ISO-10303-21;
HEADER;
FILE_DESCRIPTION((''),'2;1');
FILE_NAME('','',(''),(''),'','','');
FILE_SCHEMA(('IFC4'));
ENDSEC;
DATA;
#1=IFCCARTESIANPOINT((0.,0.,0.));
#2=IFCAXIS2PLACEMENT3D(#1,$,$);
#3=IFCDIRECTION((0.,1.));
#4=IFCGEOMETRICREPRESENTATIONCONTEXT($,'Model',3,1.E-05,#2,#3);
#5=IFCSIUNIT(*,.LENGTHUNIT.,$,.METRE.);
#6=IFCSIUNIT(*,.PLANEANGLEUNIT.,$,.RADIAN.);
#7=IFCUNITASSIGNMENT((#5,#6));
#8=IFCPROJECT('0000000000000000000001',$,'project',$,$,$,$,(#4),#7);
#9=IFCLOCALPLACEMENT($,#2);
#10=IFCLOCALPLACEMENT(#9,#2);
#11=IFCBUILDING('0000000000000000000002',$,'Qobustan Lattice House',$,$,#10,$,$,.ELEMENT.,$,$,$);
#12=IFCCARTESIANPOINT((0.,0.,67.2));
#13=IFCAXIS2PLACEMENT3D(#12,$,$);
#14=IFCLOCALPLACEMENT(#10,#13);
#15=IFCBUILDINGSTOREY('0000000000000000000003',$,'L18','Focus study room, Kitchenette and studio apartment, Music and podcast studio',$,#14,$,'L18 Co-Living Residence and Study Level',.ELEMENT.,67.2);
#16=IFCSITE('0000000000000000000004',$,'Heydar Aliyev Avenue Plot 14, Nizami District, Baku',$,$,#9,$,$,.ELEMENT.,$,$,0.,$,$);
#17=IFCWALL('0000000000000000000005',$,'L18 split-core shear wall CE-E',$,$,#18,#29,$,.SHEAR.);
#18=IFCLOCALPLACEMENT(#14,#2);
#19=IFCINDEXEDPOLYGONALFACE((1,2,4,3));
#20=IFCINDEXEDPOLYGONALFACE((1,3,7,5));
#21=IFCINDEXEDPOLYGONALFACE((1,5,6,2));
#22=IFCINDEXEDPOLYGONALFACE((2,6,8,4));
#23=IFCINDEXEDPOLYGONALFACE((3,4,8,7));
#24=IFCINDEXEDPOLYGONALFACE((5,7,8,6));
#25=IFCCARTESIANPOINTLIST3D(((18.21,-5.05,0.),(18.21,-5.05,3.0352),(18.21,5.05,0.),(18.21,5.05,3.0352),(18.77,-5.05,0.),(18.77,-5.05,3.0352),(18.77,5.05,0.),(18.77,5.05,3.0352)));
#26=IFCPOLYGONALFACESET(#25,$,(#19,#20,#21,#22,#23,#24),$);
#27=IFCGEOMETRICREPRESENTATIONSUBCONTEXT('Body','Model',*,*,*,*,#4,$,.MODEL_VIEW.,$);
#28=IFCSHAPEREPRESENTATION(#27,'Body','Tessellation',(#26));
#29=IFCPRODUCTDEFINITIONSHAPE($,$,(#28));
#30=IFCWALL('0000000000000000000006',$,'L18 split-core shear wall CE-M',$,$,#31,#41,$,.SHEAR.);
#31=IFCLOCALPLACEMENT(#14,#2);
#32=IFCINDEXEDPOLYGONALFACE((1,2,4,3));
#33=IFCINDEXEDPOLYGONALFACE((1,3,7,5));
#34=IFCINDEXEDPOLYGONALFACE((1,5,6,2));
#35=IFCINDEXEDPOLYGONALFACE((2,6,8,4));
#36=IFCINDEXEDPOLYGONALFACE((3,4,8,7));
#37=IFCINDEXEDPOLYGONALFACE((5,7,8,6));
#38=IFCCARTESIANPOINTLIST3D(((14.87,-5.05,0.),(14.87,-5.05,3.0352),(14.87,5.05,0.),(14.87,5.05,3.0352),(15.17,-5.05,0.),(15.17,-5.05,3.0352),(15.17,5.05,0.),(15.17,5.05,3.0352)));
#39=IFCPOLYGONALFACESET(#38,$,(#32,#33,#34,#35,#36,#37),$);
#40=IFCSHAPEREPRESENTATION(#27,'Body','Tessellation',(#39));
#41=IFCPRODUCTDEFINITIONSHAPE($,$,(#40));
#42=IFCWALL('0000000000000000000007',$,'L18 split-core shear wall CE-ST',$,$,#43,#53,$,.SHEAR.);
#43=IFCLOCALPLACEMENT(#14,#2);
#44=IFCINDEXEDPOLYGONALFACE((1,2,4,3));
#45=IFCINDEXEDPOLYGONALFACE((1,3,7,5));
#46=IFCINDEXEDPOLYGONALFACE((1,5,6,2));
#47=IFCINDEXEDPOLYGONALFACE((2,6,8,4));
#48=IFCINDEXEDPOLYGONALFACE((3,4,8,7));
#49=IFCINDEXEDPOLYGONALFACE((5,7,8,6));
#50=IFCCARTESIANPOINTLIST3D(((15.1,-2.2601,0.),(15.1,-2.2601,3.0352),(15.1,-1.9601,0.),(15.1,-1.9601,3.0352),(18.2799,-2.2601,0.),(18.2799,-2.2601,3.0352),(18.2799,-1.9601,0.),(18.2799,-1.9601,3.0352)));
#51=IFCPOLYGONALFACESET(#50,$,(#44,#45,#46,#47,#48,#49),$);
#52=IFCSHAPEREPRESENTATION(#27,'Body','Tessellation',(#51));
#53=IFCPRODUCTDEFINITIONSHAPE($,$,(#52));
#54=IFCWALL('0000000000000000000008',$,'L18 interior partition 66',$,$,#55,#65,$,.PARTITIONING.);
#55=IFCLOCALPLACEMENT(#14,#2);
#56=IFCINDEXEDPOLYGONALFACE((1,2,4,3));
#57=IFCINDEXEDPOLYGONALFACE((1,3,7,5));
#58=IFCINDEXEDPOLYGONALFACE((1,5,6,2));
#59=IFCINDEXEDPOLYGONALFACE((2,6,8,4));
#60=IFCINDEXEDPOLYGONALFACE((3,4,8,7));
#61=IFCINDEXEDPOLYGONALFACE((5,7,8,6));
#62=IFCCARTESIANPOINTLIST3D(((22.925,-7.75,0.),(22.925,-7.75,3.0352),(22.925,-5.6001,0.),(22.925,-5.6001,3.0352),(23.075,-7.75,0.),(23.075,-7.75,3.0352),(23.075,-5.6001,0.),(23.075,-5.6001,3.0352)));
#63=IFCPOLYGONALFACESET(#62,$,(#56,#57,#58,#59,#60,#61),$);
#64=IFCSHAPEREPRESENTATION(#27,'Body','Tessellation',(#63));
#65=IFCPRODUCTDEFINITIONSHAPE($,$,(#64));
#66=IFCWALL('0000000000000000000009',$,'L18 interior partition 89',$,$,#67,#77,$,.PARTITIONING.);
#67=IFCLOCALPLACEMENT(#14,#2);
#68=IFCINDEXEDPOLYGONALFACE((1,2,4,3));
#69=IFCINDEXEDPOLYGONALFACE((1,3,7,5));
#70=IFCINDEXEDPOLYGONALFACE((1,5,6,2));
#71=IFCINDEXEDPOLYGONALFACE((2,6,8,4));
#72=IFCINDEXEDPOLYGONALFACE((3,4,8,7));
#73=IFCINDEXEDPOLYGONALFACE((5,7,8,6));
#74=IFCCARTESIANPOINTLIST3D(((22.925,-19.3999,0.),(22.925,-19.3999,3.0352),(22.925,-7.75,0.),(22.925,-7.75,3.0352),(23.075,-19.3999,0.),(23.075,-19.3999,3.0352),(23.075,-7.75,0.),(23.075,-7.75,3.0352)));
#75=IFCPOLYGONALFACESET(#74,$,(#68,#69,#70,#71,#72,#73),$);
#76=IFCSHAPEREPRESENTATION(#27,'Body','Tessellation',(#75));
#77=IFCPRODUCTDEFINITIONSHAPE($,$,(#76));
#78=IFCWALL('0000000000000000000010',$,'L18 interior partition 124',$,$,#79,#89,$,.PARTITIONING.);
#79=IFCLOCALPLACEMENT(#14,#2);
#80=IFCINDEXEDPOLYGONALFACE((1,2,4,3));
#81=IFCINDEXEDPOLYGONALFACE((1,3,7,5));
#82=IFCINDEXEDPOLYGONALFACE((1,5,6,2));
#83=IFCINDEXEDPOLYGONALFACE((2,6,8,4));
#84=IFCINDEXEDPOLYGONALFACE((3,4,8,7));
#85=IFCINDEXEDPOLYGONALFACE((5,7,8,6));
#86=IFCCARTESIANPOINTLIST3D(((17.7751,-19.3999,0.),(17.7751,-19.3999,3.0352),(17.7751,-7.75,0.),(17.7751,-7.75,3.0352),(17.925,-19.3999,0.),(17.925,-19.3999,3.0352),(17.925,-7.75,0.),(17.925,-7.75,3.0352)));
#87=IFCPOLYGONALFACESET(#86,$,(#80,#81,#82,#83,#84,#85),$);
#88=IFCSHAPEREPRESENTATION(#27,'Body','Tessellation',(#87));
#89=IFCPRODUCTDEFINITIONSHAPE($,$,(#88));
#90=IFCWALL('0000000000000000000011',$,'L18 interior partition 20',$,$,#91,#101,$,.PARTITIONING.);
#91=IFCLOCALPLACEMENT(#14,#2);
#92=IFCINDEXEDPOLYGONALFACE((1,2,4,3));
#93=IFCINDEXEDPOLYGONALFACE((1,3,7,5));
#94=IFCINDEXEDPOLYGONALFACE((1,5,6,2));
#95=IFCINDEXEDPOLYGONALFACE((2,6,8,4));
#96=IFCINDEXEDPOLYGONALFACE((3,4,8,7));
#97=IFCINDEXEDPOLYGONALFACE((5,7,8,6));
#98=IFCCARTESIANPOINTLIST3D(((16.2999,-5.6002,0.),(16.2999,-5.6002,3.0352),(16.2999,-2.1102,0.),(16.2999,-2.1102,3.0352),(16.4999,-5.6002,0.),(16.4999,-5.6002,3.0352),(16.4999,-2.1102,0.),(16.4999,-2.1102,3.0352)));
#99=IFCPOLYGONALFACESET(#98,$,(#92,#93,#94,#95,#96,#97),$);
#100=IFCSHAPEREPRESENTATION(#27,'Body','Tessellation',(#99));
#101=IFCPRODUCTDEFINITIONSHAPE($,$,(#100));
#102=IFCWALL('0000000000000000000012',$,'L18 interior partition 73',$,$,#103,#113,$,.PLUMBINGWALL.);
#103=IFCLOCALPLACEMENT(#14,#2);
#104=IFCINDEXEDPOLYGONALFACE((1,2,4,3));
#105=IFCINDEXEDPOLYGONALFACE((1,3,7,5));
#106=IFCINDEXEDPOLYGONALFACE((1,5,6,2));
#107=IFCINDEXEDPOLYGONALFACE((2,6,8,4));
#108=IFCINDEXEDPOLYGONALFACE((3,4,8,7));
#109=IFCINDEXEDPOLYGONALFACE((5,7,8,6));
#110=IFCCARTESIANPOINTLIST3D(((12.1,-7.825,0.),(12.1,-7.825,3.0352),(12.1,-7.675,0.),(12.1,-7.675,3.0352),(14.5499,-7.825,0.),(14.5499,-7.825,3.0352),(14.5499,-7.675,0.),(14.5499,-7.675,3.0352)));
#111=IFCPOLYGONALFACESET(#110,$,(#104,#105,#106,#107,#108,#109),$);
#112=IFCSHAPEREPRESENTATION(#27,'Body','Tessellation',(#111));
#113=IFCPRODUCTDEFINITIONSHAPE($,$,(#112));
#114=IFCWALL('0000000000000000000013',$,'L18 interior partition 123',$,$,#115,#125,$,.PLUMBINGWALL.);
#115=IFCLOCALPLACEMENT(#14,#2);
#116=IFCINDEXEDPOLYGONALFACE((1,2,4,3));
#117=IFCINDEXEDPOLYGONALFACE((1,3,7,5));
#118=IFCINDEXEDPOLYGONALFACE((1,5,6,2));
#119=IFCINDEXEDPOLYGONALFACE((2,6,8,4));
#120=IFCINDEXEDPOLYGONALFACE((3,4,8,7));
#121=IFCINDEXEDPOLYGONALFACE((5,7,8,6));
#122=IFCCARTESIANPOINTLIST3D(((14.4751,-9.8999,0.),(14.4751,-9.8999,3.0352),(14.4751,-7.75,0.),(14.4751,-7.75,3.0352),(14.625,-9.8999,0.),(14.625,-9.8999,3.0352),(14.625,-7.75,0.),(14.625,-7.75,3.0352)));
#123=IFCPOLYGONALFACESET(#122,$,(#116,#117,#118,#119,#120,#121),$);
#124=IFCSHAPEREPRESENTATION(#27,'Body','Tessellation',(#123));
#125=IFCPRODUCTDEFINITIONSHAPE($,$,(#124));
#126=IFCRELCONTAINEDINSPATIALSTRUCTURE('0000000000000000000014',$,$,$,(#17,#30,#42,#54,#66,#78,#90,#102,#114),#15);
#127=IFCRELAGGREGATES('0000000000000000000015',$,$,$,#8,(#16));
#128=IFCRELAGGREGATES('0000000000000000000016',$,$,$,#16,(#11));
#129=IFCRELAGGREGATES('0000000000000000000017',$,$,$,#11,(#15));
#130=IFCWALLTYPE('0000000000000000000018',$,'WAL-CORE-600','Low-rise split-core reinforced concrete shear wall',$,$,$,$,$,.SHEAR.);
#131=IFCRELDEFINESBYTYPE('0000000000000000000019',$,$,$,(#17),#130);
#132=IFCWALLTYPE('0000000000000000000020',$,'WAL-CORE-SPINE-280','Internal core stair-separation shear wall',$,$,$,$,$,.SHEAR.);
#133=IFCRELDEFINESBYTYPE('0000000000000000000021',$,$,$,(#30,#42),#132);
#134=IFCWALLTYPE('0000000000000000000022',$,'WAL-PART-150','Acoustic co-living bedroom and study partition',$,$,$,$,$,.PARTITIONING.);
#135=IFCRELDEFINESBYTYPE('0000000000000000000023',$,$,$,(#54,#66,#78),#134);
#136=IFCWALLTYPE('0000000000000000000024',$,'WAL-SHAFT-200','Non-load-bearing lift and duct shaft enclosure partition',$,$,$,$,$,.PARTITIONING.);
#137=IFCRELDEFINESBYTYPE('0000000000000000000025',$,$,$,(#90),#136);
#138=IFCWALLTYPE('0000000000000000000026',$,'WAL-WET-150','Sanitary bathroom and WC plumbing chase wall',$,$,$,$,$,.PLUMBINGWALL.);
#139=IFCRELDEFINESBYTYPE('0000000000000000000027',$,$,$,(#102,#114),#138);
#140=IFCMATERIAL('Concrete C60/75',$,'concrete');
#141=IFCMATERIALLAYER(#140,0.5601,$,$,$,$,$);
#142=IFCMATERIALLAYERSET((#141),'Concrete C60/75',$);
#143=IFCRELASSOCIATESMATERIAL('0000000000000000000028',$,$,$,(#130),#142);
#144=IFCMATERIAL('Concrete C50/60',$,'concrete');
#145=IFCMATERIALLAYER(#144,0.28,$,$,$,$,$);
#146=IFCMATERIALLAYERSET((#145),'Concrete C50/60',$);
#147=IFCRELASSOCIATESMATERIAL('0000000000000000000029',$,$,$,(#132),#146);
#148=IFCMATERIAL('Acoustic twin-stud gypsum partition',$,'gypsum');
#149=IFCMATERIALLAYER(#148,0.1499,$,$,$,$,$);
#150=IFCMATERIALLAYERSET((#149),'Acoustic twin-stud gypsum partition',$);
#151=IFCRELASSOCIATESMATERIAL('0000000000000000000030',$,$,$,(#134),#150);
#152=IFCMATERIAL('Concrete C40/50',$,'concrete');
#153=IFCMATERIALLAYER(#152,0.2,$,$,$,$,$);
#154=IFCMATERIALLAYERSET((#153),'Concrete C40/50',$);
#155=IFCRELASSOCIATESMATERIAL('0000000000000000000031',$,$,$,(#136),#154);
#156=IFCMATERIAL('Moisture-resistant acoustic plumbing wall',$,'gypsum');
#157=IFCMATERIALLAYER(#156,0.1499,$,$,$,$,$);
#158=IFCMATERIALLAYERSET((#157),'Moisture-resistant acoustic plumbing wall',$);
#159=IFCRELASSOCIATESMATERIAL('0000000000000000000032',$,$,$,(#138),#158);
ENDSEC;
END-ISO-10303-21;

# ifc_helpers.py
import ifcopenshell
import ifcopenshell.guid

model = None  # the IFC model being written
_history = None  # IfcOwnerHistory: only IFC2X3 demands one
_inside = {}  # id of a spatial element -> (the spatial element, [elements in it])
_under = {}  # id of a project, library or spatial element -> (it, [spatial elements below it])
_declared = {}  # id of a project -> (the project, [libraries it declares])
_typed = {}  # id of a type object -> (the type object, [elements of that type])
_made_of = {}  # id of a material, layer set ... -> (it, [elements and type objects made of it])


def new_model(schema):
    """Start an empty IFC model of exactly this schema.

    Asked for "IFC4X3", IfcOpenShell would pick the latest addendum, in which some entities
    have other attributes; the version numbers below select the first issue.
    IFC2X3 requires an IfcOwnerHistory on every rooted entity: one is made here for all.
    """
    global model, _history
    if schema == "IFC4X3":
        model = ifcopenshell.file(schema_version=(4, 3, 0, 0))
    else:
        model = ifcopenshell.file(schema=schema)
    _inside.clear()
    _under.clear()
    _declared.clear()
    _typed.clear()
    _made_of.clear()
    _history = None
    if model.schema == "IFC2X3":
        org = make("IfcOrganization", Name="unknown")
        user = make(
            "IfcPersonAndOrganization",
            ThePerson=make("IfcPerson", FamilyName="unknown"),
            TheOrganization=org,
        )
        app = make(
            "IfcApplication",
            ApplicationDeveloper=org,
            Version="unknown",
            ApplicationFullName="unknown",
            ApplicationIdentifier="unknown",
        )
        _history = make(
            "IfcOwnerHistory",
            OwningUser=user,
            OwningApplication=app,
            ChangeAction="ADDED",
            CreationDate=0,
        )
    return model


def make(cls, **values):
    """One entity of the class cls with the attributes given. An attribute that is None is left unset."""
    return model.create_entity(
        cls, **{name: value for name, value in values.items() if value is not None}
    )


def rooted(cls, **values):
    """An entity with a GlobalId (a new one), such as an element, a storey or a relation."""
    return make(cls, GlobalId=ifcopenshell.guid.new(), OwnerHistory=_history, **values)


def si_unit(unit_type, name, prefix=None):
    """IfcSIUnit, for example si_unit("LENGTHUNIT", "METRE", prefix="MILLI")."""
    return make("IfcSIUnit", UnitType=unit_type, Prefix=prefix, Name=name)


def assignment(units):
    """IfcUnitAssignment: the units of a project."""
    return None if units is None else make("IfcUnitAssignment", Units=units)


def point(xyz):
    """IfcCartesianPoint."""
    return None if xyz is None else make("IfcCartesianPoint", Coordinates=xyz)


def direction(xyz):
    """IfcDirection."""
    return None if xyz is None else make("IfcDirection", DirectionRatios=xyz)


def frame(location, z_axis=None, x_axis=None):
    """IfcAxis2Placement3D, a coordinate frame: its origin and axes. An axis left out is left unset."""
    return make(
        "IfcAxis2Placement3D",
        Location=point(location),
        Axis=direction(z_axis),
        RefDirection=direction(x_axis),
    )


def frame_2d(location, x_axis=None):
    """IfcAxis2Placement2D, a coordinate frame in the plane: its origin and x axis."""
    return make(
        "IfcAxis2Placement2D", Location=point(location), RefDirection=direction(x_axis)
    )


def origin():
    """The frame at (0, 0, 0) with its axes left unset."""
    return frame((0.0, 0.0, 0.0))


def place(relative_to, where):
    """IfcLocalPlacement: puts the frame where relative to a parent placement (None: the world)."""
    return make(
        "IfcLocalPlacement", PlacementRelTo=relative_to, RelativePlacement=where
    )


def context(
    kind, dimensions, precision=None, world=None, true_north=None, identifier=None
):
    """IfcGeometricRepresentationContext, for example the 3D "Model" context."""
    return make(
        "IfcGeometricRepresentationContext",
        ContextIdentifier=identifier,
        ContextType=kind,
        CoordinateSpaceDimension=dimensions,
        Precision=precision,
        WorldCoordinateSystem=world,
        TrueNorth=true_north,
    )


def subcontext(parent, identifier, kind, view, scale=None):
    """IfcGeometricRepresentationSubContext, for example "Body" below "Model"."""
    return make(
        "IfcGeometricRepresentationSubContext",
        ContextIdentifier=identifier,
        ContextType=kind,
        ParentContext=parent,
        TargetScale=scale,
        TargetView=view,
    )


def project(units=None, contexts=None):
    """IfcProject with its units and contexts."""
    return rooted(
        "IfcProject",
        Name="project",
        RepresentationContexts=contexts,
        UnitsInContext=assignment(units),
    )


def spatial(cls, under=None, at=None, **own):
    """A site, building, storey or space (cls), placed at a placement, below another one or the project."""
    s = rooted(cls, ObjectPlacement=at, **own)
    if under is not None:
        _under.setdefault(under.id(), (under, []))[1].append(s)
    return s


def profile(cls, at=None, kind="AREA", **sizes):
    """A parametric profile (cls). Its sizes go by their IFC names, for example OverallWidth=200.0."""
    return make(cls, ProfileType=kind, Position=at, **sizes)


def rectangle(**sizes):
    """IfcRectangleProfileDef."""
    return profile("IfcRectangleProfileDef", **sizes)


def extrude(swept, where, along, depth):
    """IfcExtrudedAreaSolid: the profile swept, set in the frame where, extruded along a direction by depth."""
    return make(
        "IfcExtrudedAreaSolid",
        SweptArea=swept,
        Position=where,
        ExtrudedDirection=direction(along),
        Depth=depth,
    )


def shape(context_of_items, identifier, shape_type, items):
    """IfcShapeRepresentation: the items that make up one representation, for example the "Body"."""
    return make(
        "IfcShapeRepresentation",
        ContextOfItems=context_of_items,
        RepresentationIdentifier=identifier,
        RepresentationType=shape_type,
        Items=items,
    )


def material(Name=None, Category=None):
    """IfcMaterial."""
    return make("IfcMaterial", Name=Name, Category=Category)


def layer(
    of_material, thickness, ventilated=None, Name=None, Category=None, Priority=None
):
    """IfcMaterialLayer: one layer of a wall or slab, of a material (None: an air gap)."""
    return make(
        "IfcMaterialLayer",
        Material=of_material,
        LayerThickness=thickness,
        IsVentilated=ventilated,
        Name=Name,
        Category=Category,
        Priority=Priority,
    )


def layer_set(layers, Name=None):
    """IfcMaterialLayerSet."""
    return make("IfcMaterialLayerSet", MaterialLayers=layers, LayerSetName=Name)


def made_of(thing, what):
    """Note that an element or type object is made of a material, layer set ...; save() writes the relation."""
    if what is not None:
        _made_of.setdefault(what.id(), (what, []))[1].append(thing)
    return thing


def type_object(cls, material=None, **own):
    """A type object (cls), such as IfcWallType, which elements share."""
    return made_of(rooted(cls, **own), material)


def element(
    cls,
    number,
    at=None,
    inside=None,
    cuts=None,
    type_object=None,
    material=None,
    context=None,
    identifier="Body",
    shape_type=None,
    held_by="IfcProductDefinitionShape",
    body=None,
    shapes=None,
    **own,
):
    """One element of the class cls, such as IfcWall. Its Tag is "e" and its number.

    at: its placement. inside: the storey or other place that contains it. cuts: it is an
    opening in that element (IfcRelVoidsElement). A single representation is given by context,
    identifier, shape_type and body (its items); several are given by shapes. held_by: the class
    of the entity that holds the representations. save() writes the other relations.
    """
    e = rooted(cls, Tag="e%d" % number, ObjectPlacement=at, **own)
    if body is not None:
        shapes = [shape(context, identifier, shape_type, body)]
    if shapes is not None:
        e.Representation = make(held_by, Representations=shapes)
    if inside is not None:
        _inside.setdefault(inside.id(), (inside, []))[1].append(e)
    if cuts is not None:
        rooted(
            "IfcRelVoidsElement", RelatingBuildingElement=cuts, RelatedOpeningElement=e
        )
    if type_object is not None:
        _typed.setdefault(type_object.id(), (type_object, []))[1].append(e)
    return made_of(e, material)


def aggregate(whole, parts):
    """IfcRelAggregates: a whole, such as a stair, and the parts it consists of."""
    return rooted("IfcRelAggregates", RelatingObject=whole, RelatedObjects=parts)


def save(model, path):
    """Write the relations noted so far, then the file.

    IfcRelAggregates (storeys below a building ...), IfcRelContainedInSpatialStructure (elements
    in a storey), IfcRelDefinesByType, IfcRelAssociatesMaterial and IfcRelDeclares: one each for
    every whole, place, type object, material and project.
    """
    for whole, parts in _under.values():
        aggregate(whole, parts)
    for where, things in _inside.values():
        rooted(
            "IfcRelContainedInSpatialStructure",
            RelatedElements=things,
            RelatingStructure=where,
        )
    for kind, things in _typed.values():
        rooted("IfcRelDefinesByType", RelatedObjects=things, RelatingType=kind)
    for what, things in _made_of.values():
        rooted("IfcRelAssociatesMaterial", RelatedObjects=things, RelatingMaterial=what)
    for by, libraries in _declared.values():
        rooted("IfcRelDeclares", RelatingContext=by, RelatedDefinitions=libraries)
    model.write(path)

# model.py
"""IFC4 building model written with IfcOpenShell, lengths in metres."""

from ifc_helpers import new_model, si_unit, direction, frame, frame_2d, origin, place, context, subcontext, project, spatial, rectangle, extrude, material, layer, layer_set, type_object, element, save


model = new_model("IFC4")

# Units and contexts
model_context = context("Model", 3, precision=1e-05, world=origin(), true_north=direction((0.0, 1.0)))
body_context = subcontext(model_context, "Body", "Model", "MODEL_VIEW")
ifc_project = project(units=[si_unit("LENGTHUNIT", "METRE"), si_unit("PLANEANGLEUNIT", "RADIAN")], contexts=[model_context])

# Site, building, storey
site_placement = place(None, origin())
site = spatial("IfcSite", under=ifc_project, at=site_placement, Name="Heydar Aliyev Avenue Plot 14, Nizami District, Baku", CompositionType="ELEMENT", RefElevation=0.0)
building_placement = place(site_placement, origin())
building = spatial("IfcBuilding", under=site, at=building_placement, Name="Qobustan Lattice House", CompositionType="ELEMENT")
storey_placement = place(building_placement, frame((0.0, 0.0, 67.2)))
storey = spatial("IfcBuildingStorey", under=building, at=storey_placement, Name="L18", Description="Focus study room, Kitchenette and studio apartment, Music and podcast studio", LongName="L18 Co-Living Residence and Study Level", CompositionType="ELEMENT", Elevation=67.2)

# Walls
ifc_material_1 = material(Name="Concrete C60/75", Category="concrete")
ifc_layer_1 = layer(ifc_material_1, 0.5601)
ifc_layer_set_1 = layer_set([ifc_layer_1], Name="Concrete C60/75")
wall_type_1 = type_object("IfcWallType", Name="WAL-CORE-600", Description="Low-rise split-core reinforced concrete shear wall", PredefinedType="SHEAR", material=ifc_layer_set_1)
wall_1_placement = place(storey_placement, frame((18.49, -5.05, 0.0), z_axis=(0.0, 0.0, 1.0), x_axis=(0.0, 1.0, 0.0)))
element("IfcWall", 1, at=wall_1_placement, inside=storey, type_object=wall_type_1, Name="L18 split-core shear wall CE-E", PredefinedType="SHEAR", context=body_context, shape_type="SweptSolid", body=[
    extrude(rectangle(XDim=10.1001, YDim=0.5601, at=frame_2d((5.05, 0.0))), origin(), (0.0, 0.0, 1.0), 3.0352),
])
ifc_material_2 = material(Name="Concrete C50/60", Category="concrete")
ifc_layer_2 = layer(ifc_material_2, 0.28)
ifc_layer_set_2 = layer_set([ifc_layer_2], Name="Concrete C50/60")
wall_type_2 = type_object("IfcWallType", Name="WAL-CORE-SPINE-280", Description="Internal core stair-separation shear wall", PredefinedType="SHEAR", material=ifc_layer_set_2)
wall_2_placement = place(storey_placement, frame((15.02, -5.05, 0.0), z_axis=(0.0, 0.0, 1.0), x_axis=(0.0, 1.0, 0.0)))
element("IfcWall", 2, at=wall_2_placement, inside=storey, type_object=wall_type_2, Name="L18 split-core shear wall CE-M", PredefinedType="SHEAR", context=body_context, shape_type="SweptSolid", body=[
    extrude(rectangle(XDim=10.1001, YDim=0.3, at=frame_2d((5.05, 0.0))), origin(), (0.0, 0.0, 1.0), 3.0352),
])
wall_3_placement = place(storey_placement, frame((15.1001, -2.1101, 0.0), z_axis=(0.0, 0.0, 1.0), x_axis=(1.0, 0.0, 0.0)))
element("IfcWall", 3, at=wall_3_placement, inside=storey, type_object=wall_type_2, Name="L18 split-core shear wall CE-ST", PredefinedType="SHEAR", context=body_context, shape_type="SweptSolid", body=[
    extrude(rectangle(XDim=3.1799, YDim=0.3, at=frame_2d((1.5898, 0.0))), origin(), (0.0, 0.0, 1.0), 3.0352),
])

# Shared definitions
ifc_material_3 = material(Name="Acoustic twin-stud gypsum partition", Category="gypsum")
ifc_layer_3 = layer(ifc_material_3, 0.1499)
ifc_layer_set_3 = layer_set([ifc_layer_3], Name="Acoustic twin-stud gypsum partition")
wall_type_3 = type_object("IfcWallType", Name="WAL-PART-150", Description="Acoustic co-living bedroom and study partition", PredefinedType="PARTITIONING", material=ifc_layer_set_3)

# Wall
wall_4_placement = place(storey_placement, frame((23.0, -5.6001, 0.0), z_axis=(0.0, 0.0, 1.0), x_axis=(0.0, -1.0, 0.0)))
element("IfcWall", 4, at=wall_4_placement, inside=storey, type_object=wall_type_3, Name="L18 interior partition 66", PredefinedType="PARTITIONING", context=body_context, shape_type="SweptSolid", body=[
    extrude(rectangle(XDim=2.1499, YDim=0.1499, at=frame_2d((1.075, 0.0))), origin(), (0.0, 0.0, 1.0), 3.0352),
])

# Walls
for number, where, z_axis, x_axis, name in (
    (5, (23.0, -19.3999, 0.0), (0.0, 0.0, 1.0), (0.0, 1.0, 0.0), "L18 interior partition 89"),
    (6, (17.8501, -7.75, 0.0), (0.0, 0.0, 1.0), (0.0, -1.0, 0.0), "L18 interior partition 124"),
):
    element("IfcWall", number, at=place(storey_placement, frame(where, z_axis=z_axis, x_axis=x_axis)), inside=storey, type_object=wall_type_3, Name=name, PredefinedType="PARTITIONING", context=body_context, shape_type="SweptSolid", body=[
        extrude(rectangle(XDim=11.6499, YDim=0.1499, at=frame_2d((5.825, 0.0))), origin(), (0.0, 0.0, 1.0), 3.0352),
    ])
ifc_material_4 = material(Name="Concrete C40/50", Category="concrete")
ifc_layer_4 = layer(ifc_material_4, 0.2)
ifc_layer_set_4 = layer_set([ifc_layer_4], Name="Concrete C40/50")
wall_type_4 = type_object("IfcWallType", Name="WAL-SHAFT-200", Description="Non-load-bearing lift and duct shaft enclosure partition", PredefinedType="PARTITIONING", material=ifc_layer_set_4)
wall_5_placement = place(storey_placement, frame((16.3999, -2.1101, 0.0), z_axis=(0.0, 0.0, 1.0), x_axis=(0.0, -1.0, 0.0)))
element("IfcWall", 7, at=wall_5_placement, inside=storey, type_object=wall_type_4, Name="L18 interior partition 20", PredefinedType="PARTITIONING", context=body_context, shape_type="SweptSolid", body=[
    extrude(rectangle(XDim=3.49, YDim=0.2, at=frame_2d((1.7451, 0.0))), origin(), (0.0, 0.0, 1.0), 3.0352),
])
ifc_material_5 = material(Name="Moisture-resistant acoustic plumbing wall", Category="gypsum")
ifc_layer_5 = layer(ifc_material_5, 0.1499)
ifc_layer_set_5 = layer_set([ifc_layer_5], Name="Moisture-resistant acoustic plumbing wall")
wall_type_5 = type_object("IfcWallType", Name="WAL-WET-150", Description="Sanitary bathroom and WC plumbing chase wall", PredefinedType="PLUMBINGWALL", material=ifc_layer_set_5)
wall_6_placement = place(storey_placement, frame((14.55, -7.75, 0.0), z_axis=(0.0, 0.0, 1.0), x_axis=(-1.0, 0.0, 0.0)))
element("IfcWall", 8, at=wall_6_placement, inside=storey, type_object=wall_type_5, Name="L18 interior partition 73", PredefinedType="PLUMBINGWALL", context=body_context, shape_type="SweptSolid", body=[
    extrude(rectangle(XDim=2.45, YDim=0.1499, at=frame_2d((1.2251, 0.0))), origin(), (0.0, 0.0, 1.0), 3.0352),
])
wall_7_placement = place(storey_placement, frame((14.55, -9.8999, 0.0), z_axis=(0.0, 0.0, 1.0), x_axis=(0.0, 1.0, 0.0)))
element("IfcWall", 9, at=wall_7_placement, inside=storey, type_object=wall_type_5, Name="L18 interior partition 123", PredefinedType="PLUMBINGWALL", context=body_context, shape_type="SweptSolid", body=[
    extrude(rectangle(XDim=2.1499, YDim=0.1499, at=frame_2d((1.075, 0.0))), origin(), (0.0, 0.0, 1.0), 3.0352),
])

save(model, "model.ifc")
